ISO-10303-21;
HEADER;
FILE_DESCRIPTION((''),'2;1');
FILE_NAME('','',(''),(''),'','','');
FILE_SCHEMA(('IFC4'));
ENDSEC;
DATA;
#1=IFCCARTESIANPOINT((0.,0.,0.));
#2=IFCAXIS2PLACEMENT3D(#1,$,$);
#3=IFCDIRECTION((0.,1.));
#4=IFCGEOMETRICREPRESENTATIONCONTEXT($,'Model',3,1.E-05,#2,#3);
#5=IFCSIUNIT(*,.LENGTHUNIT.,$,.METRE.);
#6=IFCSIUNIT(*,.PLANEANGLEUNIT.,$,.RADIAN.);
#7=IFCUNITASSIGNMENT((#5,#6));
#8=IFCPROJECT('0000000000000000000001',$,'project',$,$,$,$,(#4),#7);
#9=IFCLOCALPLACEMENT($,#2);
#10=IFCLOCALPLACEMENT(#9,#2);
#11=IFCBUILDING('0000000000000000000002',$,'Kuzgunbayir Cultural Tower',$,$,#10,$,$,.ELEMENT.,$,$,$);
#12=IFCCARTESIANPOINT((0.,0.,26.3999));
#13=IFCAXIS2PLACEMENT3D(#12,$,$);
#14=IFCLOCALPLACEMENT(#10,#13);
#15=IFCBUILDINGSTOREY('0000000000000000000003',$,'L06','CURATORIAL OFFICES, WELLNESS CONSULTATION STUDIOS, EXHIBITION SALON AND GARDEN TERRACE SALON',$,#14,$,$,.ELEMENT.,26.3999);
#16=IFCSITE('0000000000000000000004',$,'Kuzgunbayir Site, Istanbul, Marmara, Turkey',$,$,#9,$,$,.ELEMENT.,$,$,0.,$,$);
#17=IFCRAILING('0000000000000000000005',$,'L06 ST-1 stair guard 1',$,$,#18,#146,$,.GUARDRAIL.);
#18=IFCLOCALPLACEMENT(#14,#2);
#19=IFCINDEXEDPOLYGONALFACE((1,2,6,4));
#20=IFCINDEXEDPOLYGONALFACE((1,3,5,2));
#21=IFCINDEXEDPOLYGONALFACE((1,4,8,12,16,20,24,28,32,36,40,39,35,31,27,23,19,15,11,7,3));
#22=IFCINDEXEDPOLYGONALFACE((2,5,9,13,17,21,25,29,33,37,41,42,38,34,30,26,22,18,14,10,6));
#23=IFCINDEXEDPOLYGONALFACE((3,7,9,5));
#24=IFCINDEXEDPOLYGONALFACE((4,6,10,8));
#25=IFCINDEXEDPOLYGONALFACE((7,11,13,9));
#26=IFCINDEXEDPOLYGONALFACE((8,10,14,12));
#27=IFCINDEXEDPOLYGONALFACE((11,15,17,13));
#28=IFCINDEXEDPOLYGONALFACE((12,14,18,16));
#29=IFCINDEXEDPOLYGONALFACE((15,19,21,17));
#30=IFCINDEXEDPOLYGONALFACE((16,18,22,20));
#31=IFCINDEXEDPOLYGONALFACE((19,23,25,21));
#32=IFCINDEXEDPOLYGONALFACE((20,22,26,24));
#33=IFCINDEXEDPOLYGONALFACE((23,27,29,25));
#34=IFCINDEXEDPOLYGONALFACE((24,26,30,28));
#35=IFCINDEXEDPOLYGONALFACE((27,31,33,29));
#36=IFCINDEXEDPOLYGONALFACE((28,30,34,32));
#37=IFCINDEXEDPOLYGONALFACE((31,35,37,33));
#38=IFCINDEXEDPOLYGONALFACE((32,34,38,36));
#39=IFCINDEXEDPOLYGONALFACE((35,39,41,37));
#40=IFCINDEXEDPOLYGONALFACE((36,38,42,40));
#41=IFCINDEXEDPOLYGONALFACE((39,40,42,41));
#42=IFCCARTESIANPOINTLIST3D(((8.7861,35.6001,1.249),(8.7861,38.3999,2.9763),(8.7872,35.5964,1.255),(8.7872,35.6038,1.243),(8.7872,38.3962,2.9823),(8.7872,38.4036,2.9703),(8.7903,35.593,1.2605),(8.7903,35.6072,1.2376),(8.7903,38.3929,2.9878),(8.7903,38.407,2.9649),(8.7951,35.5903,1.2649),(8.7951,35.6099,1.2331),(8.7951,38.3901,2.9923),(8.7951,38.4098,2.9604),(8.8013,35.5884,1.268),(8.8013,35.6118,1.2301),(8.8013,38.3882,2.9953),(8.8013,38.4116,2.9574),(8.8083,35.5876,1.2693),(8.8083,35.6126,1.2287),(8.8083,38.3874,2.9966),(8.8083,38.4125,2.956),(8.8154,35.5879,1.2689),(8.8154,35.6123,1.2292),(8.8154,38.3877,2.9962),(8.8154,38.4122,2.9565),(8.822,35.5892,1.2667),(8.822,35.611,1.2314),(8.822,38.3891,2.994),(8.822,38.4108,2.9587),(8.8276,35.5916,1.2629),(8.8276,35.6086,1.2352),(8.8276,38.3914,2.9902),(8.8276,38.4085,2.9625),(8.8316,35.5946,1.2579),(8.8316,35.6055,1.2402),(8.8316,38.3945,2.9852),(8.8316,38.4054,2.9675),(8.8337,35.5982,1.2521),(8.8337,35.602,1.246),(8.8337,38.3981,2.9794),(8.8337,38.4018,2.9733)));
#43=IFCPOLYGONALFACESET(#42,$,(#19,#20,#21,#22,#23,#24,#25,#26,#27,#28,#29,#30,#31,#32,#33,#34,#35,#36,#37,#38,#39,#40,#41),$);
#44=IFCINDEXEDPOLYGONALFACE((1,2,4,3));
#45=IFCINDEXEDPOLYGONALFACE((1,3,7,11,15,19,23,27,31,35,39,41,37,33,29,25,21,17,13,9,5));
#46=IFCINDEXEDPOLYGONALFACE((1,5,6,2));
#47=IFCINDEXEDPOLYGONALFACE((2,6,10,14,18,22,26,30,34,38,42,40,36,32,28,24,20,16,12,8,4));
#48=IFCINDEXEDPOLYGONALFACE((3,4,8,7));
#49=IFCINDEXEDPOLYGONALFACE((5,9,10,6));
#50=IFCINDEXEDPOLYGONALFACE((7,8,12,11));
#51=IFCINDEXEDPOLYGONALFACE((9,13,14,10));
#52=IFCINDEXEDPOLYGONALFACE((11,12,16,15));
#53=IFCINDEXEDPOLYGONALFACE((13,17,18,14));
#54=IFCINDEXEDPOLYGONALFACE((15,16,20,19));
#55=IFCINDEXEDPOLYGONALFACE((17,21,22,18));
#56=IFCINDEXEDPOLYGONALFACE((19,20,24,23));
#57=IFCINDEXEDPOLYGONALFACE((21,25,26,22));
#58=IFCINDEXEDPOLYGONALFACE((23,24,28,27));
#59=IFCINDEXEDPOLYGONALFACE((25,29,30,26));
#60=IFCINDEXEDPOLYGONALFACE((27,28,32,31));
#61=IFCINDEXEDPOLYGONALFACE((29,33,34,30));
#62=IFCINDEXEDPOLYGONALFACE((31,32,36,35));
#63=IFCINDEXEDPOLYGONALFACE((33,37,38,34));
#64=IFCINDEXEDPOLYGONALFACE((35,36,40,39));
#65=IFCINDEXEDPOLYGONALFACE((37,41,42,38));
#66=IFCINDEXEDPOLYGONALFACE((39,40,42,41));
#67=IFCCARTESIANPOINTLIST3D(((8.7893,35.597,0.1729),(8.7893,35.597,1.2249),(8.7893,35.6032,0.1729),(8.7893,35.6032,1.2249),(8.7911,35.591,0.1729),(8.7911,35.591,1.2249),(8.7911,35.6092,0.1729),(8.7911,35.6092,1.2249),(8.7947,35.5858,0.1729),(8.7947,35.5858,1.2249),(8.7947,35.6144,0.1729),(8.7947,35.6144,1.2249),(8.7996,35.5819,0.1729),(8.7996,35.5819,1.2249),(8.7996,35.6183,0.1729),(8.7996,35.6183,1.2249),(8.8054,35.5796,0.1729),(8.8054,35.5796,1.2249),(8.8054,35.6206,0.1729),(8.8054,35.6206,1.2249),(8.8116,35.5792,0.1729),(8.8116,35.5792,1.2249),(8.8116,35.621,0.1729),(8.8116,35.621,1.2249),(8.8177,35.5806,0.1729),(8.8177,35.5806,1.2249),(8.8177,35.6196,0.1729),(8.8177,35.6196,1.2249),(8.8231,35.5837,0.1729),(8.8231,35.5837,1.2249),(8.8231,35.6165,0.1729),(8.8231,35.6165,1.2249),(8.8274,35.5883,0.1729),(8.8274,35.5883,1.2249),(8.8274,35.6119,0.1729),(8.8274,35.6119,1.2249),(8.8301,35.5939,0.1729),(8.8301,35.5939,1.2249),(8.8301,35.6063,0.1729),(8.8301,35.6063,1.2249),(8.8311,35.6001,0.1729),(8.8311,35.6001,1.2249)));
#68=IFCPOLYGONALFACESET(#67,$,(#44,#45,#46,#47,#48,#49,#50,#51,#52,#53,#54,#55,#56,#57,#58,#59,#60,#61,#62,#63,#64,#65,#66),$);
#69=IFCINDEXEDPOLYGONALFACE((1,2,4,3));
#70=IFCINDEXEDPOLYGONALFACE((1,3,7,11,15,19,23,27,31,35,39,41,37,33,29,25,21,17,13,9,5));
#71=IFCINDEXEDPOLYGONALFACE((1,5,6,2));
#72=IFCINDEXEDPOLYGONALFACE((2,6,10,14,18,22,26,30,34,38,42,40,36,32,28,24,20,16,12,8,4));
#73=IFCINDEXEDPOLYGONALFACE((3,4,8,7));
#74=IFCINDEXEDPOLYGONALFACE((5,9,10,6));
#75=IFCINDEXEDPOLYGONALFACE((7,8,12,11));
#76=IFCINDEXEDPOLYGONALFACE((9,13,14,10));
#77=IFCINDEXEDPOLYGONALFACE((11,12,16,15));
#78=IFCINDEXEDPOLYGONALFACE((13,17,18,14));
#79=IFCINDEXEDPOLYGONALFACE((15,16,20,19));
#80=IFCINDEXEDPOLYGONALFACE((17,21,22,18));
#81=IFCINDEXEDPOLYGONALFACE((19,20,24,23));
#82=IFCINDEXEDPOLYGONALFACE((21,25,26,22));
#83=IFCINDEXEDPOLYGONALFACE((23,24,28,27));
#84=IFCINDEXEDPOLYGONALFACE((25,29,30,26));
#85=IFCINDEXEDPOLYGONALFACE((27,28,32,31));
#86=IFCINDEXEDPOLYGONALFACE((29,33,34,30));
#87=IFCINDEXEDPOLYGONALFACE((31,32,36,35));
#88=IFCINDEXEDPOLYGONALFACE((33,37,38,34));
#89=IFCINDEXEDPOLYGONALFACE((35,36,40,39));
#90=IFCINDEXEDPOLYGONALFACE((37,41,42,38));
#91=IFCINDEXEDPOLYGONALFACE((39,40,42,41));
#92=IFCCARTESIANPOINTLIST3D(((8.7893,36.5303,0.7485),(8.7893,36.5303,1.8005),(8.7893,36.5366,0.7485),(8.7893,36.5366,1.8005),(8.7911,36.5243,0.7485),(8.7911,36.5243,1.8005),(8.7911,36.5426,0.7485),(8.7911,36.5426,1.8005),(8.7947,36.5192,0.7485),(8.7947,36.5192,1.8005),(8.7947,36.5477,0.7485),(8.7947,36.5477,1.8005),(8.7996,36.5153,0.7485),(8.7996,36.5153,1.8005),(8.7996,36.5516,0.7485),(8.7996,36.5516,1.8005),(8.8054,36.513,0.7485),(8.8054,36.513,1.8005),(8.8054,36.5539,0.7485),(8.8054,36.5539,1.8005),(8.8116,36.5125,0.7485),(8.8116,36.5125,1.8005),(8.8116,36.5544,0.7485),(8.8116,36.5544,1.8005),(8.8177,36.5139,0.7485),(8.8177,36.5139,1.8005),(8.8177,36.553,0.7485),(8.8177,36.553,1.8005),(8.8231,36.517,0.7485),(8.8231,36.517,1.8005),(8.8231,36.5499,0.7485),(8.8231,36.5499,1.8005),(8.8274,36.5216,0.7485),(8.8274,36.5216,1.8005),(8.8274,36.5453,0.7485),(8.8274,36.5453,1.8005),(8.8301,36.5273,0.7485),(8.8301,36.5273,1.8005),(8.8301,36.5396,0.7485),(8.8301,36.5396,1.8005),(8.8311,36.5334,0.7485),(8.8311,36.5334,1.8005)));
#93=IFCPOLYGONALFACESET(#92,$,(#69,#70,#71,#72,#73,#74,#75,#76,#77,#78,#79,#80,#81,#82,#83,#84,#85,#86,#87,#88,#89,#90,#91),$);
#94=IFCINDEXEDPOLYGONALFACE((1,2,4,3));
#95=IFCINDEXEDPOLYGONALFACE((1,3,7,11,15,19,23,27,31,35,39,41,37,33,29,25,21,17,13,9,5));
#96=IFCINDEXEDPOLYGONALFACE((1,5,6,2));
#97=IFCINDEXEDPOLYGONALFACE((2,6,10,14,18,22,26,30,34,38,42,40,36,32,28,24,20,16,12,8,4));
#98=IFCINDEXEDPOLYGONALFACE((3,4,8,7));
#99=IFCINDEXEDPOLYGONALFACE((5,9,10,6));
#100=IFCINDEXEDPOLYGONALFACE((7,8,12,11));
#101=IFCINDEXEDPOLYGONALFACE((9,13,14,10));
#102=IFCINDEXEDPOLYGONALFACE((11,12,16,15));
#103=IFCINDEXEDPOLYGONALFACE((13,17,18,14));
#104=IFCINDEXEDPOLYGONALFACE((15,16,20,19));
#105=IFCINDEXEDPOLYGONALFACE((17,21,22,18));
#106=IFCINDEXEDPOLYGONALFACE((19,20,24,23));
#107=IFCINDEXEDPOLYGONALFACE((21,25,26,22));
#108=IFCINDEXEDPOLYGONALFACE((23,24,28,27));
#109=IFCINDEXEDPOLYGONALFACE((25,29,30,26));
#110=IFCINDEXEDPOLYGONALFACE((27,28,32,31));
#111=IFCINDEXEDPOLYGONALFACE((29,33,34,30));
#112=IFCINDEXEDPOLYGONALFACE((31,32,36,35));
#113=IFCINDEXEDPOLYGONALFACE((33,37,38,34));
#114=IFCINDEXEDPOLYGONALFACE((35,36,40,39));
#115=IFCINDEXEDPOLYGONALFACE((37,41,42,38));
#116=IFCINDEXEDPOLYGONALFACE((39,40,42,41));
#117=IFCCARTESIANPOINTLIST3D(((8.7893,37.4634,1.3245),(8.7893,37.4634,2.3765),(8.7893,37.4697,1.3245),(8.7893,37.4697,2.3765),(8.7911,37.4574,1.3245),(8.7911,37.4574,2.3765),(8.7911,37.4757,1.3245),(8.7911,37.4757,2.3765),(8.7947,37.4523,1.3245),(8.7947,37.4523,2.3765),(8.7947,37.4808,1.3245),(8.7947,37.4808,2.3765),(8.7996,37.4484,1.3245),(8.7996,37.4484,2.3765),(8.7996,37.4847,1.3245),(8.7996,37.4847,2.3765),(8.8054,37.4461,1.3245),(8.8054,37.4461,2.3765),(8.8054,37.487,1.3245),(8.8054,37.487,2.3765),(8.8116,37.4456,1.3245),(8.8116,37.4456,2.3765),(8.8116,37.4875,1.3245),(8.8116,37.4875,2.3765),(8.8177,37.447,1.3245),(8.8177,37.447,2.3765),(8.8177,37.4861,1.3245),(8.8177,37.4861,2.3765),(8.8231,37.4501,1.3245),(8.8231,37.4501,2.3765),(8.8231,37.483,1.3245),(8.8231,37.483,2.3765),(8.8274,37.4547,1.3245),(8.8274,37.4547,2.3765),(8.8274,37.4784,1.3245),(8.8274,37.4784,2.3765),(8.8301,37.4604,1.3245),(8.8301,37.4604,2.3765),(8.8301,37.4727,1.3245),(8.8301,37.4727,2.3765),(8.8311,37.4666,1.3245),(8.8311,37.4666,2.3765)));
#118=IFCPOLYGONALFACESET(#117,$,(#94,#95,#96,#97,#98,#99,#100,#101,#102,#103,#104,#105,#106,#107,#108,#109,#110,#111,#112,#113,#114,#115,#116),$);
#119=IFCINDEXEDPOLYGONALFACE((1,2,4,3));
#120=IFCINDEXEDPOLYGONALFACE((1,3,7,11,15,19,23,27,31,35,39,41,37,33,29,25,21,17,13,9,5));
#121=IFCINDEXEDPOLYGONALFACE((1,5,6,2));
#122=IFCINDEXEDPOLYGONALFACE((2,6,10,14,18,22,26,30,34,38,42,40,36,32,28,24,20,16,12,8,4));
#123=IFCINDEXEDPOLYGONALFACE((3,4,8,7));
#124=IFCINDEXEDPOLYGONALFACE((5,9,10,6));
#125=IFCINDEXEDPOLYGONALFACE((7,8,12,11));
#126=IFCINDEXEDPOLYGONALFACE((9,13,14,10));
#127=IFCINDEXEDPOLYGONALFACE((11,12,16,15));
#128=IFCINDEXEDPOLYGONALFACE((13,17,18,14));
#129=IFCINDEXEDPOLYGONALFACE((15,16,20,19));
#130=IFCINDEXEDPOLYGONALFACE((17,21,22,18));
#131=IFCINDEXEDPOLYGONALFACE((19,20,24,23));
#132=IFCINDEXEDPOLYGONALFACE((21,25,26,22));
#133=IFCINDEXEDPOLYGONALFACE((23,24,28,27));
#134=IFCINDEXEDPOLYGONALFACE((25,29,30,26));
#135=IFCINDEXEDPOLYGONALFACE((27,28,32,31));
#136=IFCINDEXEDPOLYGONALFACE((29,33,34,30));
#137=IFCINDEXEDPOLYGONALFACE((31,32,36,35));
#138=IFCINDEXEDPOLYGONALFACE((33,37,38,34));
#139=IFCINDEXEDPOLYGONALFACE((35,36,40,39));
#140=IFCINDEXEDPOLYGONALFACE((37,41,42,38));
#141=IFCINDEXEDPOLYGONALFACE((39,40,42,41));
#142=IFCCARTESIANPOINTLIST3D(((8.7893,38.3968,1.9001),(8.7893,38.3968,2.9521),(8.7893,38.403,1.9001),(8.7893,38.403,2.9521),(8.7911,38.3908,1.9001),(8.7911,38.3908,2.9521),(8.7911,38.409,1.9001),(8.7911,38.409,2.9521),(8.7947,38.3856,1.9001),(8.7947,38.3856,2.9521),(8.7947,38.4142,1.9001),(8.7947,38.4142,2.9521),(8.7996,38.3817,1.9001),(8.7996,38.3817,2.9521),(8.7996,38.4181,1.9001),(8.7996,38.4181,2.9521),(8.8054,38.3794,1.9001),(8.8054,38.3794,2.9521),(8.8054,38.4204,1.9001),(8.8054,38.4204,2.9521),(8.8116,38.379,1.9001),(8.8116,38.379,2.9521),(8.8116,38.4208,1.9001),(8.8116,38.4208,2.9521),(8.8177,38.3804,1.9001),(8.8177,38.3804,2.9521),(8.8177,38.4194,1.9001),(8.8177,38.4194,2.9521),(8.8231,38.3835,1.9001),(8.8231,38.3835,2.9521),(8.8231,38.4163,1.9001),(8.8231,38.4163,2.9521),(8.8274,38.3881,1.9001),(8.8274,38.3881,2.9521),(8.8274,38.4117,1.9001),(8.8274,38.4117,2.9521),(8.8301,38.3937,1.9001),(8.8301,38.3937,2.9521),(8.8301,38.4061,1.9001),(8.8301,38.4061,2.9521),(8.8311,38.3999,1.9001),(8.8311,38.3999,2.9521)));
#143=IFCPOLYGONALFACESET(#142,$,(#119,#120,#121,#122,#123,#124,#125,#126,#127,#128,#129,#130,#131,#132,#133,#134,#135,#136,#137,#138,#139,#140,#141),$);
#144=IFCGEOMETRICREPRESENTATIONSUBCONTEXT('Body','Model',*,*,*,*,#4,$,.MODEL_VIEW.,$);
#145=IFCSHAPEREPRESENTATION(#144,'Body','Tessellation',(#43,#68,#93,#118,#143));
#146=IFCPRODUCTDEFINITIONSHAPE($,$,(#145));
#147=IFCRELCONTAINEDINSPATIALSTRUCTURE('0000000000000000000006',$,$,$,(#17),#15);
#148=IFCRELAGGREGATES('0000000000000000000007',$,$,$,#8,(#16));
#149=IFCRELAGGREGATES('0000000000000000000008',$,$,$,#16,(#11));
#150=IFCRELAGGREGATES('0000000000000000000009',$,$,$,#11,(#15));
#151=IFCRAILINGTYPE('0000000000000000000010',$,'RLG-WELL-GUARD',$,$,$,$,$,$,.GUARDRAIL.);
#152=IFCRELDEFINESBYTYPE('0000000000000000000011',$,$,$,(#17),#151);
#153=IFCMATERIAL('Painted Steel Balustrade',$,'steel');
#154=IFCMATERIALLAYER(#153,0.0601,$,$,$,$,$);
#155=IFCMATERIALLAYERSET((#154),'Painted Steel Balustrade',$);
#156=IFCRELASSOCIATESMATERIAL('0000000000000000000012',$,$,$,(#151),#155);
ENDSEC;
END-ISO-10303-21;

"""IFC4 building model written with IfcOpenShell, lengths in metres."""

from ifc_helpers import new_model, si_unit, direction, frame, origin, origin_2d, place, context, subcontext, project, spatial, circle, extrude, material, layer, layer_set, type_object, element, save


model = new_model("IFC4")

# Units and contexts
model_context = context("Model", 3, precision=1e-05, world=origin(), true_north=direction((0.0, 1.0)))
body_context = subcontext(model_context, "Body", "Model", "MODEL_VIEW")
ifc_project = project(units=[si_unit("LENGTHUNIT", "METRE"), si_unit("PLANEANGLEUNIT", "RADIAN")], contexts=[model_context])

# Site, building, storey
site_placement = place(None, origin())
site = spatial("IfcSite", under=ifc_project, at=site_placement, Name="Kuzgunbayir Site, Istanbul, Marmara, Turkey", CompositionType="ELEMENT", RefElevation=0.0)
building_placement = place(site_placement, origin())
building = spatial("IfcBuilding", under=site, at=building_placement, Name="Kuzgunbayir Cultural Tower", CompositionType="ELEMENT")
storey_placement = place(building_placement, frame((0.0, 0.0, 26.3999)))
storey = spatial("IfcBuildingStorey", under=building, at=storey_placement, Name="L06", Description="CURATORIAL OFFICES, WELLNESS CONSULTATION STUDIOS, EXHIBITION SALON AND GARDEN TERRACE SALON", CompositionType="ELEMENT", Elevation=26.3999)

# Railing
ifc_material_1 = material(Name="Painted Steel Balustrade", Category="steel")
ifc_layer_1 = layer(ifc_material_1, 0.0601)
ifc_layer_set_1 = layer_set([ifc_layer_1], Name="Painted Steel Balustrade")
railing_type_1 = type_object("IfcRailingType", Name="RLG-WELL-GUARD", PredefinedType="GUARDRAIL", material=ifc_layer_set_1)
railing_1_placement = place(storey_placement, frame((8.8101, 35.6001, 0.1729)))
element("IfcRailing", 1, at=railing_1_placement, inside=storey, type_object=railing_type_1, Name="L06 ST-1 stair guard 1", PredefinedType="GUARDRAIL", context=body_context, shape_type="SweptSolid", body=[
    extrude(circle(Radius=0.0239, at=origin_2d()), frame((0.0, 0.0, 1.0762), z_axis=(0.0, 0.851069, 0.525054), x_axis=(-1.0, 0.0, 0.0)), (0.0, 0.0, 1.0), 3.2898),
    extrude(circle(Radius=0.021, at=origin_2d()), origin(), (0.0, 0.0, 1.0), 1.052),
    extrude(circle(Radius=0.021, at=origin_2d()), frame((0.0, 0.9333, 0.5757)), (0.0, 0.0, 1.0), 1.052),
    extrude(circle(Radius=0.021, at=origin_2d()), frame((0.0, 1.8665, 1.1516)), (0.0, 0.0, 1.0), 1.052),
    extrude(circle(Radius=0.021, at=origin_2d()), frame((0.0, 2.7998, 1.7273)), (0.0, 0.0, 1.0), 1.052),
])

save(model, "model.ifc")
